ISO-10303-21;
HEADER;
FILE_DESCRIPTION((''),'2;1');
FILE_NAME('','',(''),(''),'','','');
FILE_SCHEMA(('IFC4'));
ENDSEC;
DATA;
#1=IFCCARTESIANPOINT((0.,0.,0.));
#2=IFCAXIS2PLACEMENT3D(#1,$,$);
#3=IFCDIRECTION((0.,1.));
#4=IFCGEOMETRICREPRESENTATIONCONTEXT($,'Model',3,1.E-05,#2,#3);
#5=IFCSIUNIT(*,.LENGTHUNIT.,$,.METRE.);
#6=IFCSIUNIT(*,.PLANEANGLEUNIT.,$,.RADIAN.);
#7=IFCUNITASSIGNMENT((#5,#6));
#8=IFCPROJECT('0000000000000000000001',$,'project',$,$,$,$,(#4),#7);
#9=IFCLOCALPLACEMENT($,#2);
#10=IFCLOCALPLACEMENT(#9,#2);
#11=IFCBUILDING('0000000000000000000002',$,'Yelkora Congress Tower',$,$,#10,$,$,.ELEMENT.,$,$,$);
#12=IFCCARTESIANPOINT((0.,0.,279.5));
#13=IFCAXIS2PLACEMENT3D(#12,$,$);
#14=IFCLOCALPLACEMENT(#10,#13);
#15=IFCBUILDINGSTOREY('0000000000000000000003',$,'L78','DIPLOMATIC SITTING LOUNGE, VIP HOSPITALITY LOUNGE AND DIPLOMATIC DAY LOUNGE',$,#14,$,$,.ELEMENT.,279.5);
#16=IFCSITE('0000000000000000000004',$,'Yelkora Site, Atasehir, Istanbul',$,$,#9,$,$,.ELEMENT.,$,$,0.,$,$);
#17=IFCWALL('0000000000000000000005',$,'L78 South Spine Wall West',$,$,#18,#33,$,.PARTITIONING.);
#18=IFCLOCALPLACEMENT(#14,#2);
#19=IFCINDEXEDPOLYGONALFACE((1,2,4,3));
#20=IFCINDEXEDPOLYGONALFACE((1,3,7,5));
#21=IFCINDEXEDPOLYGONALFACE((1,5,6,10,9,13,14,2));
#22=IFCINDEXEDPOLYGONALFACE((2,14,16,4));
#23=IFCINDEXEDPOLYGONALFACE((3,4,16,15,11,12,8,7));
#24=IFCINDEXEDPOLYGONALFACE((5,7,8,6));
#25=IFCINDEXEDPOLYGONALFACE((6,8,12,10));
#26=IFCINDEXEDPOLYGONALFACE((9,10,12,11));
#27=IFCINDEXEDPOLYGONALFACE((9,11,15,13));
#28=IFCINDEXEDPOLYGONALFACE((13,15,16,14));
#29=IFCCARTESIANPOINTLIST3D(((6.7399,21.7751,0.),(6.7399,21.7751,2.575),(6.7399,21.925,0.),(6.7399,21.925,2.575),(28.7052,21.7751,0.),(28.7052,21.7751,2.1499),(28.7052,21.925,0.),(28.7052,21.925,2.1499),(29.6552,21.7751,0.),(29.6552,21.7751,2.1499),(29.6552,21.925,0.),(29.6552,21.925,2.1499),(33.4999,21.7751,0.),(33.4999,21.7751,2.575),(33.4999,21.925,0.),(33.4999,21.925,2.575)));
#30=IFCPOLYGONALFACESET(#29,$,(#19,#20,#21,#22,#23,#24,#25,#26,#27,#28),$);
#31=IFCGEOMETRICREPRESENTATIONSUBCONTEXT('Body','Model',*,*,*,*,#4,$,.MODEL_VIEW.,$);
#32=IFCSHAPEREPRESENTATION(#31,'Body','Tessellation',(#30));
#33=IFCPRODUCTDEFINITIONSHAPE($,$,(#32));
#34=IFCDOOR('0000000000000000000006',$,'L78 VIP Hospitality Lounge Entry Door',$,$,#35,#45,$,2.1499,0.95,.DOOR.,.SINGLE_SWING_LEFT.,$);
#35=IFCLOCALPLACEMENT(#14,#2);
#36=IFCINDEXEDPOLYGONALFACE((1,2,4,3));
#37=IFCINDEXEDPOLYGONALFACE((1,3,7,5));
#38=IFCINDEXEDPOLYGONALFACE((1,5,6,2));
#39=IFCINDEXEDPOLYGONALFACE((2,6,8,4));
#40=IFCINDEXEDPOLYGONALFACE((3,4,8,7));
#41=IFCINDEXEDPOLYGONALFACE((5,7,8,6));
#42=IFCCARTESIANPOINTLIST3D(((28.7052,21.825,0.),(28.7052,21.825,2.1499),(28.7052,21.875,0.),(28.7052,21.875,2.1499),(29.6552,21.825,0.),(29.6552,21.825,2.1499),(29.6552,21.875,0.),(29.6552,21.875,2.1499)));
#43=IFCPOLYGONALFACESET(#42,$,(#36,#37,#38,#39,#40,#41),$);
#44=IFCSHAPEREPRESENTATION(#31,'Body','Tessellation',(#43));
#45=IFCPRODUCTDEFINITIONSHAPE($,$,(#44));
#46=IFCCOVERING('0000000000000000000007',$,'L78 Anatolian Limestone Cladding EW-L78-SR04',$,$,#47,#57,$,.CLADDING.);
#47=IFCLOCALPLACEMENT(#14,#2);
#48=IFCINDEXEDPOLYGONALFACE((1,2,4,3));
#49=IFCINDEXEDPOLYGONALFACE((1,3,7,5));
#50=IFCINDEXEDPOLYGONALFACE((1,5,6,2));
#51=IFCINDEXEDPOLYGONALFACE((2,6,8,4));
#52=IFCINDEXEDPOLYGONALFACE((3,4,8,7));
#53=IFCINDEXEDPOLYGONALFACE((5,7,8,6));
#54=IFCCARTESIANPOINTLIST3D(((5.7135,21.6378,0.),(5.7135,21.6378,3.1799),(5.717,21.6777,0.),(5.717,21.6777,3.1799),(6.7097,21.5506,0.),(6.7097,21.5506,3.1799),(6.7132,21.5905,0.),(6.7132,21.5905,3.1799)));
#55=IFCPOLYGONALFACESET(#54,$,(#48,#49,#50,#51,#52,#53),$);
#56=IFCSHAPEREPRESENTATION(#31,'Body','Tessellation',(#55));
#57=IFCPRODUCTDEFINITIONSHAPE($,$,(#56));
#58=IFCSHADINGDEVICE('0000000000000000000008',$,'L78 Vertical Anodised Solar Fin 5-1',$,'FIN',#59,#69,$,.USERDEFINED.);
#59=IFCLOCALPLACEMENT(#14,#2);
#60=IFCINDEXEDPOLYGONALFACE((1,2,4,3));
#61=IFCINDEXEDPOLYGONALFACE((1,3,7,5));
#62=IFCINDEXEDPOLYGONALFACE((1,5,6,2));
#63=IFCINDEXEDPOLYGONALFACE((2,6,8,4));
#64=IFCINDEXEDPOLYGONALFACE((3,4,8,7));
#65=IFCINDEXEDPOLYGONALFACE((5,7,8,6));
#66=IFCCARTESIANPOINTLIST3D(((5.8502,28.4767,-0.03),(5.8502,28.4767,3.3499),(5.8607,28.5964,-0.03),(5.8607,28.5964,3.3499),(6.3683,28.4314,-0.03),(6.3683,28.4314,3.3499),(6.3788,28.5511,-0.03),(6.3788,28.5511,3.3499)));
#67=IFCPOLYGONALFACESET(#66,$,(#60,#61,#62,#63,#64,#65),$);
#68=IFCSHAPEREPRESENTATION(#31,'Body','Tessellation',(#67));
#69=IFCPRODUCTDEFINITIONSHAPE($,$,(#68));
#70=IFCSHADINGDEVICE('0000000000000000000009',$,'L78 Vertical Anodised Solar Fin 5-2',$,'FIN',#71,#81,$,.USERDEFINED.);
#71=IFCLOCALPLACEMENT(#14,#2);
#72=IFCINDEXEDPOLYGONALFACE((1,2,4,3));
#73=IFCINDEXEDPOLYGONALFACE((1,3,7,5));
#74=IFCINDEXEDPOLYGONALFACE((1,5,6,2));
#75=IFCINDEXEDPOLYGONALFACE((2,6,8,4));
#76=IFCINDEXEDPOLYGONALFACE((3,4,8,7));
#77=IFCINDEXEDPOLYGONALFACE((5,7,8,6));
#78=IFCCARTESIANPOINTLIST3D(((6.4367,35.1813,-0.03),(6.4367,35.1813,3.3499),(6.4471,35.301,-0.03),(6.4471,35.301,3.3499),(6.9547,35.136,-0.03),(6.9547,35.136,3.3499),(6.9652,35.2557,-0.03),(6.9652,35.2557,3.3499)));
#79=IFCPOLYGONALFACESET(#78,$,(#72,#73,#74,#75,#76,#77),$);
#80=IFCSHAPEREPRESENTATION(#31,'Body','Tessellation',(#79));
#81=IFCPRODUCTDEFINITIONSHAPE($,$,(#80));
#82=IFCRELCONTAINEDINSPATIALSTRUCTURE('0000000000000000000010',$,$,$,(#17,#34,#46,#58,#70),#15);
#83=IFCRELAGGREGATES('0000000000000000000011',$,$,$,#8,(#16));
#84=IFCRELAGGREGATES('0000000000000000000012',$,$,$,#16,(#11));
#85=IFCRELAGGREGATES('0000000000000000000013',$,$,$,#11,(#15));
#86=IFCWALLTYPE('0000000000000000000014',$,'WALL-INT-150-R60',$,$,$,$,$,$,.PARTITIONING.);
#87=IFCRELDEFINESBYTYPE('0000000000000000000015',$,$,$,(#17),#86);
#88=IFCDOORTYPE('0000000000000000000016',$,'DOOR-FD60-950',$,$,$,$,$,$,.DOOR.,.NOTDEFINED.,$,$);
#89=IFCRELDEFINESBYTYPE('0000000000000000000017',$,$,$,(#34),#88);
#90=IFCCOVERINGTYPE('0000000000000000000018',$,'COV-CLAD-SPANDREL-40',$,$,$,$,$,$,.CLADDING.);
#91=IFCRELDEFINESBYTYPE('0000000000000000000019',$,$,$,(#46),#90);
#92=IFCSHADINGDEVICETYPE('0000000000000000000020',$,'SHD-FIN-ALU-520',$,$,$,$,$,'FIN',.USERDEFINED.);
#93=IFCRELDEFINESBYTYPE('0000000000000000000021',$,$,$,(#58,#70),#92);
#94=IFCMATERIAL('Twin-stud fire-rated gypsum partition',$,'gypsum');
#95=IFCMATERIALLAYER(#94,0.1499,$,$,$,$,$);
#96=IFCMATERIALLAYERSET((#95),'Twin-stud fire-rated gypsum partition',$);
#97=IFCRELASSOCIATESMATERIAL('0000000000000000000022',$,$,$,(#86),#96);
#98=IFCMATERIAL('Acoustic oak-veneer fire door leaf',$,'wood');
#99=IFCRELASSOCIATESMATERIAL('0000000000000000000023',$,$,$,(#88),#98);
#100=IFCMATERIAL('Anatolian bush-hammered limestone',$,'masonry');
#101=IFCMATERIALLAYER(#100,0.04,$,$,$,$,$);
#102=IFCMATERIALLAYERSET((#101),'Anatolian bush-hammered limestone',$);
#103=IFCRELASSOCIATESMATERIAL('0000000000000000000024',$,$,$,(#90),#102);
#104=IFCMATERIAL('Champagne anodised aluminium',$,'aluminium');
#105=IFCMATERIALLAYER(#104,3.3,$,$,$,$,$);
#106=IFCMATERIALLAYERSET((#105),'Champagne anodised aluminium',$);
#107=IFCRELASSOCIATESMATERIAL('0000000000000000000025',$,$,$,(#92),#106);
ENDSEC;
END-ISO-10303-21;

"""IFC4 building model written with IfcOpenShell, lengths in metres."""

from ifc_helpers import new_model, si_unit, direction, frame, frame_2d, origin, origin_2d, place, context, subcontext, project, spatial, rectangle, extrude, material, layer, layer_set, type_object, element, fill, save


model = new_model("IFC4")

# Units and contexts
model_context = context("Model", 3, precision=1e-05, world=origin(), true_north=direction((0.0, 1.0)))
body_context = subcontext(model_context, "Body", "Model", "MODEL_VIEW")
ifc_project = project(units=[si_unit("LENGTHUNIT", "METRE"), si_unit("PLANEANGLEUNIT", "RADIAN")], contexts=[model_context])

# Site, building, storey
site_placement = place(None, origin())
site = spatial("IfcSite", under=ifc_project, at=site_placement, Name="Yelkora Site, Atasehir, Istanbul", CompositionType="ELEMENT", RefElevation=0.0)
building_placement = place(site_placement, origin())
building = spatial("IfcBuilding", under=site, at=building_placement, Name="Yelkora Congress Tower", CompositionType="ELEMENT")
storey_placement = place(building_placement, frame((0.0, 0.0, 279.5)))
storey = spatial("IfcBuildingStorey", under=building, at=storey_placement, Name="L78", Description="DIPLOMATIC SITTING LOUNGE, VIP HOSPITALITY LOUNGE AND DIPLOMATIC DAY LOUNGE", CompositionType="ELEMENT", Elevation=279.5)

# Wall, opening, door
ifc_material_1 = material(Name="Twin-stud fire-rated gypsum partition", Category="gypsum")
ifc_layer_1 = layer(ifc_material_1, 0.1499)
ifc_layer_set_1 = layer_set([ifc_layer_1], Name="Twin-stud fire-rated gypsum partition")
wall_type_1 = type_object("IfcWallType", Name="WALL-INT-150-R60", PredefinedType="PARTITIONING", material=ifc_layer_set_1)
wall_1_placement = place(storey_placement, frame((6.74, 21.8501, 0.0), z_axis=(0.0, 0.0, 1.0), x_axis=(1.0, 0.0, 0.0)))
wall_1 = element("IfcWall", 1, at=wall_1_placement, inside=storey, type_object=wall_type_1, Name="L78 South Spine Wall West", PredefinedType="PARTITIONING", context=body_context, shape_type="SweptSolid", body=[
    extrude(rectangle(XDim=26.76, YDim=0.1499, at=frame_2d((13.3799, 0.0))), origin(), (0.0, 0.0, 1.0), 2.575),
])
opening_placement = place(wall_1_placement, frame((21.9651, 0.0, 0.0)))
opening = element("IfcOpeningElement", 2, at=opening_placement, cuts=wall_1, PredefinedType="OPENING", context=body_context, shape_type="SweptSolid", body=[
    extrude(rectangle(XDim=0.95, YDim=2.1499, at=frame_2d((0.4751, 1.075))), frame((0.0, 0.085, 0.0), z_axis=(0.0, -1.0, 0.0), x_axis=(1.0, 0.0, 0.0)), (0.0, 0.0, 1.0), 0.1699),
])
ifc_material_2 = material(Name="Acoustic oak-veneer fire door leaf", Category="wood")
door_type = type_object("IfcDoorType", Name="DOOR-FD60-950", OperationType="NOTDEFINED", PredefinedType="DOOR", material=ifc_material_2)
door_placement = place(opening_placement, origin())
door = element("IfcDoor", 3, at=door_placement, inside=storey, type_object=door_type, Name="L78 VIP Hospitality Lounge Entry Door", OperationType="SINGLE_SWING_LEFT", OverallHeight=2.1499, OverallWidth=0.95, PredefinedType="DOOR", context=body_context, shape_type="SweptSolid", body=[
    extrude(rectangle(XDim=0.95, YDim=2.1499, at=frame_2d((0.4751, 1.075))), frame((0.0, 0.0249, 0.0), z_axis=(0.0, -1.0, 0.0), x_axis=(1.0, 0.0, 0.0)), (0.0, 0.0, 1.0), 0.05),
])
fill(opening, door)

# Covering
ifc_material_3 = material(Name="Anatolian bush-hammered limestone", Category="masonry")
ifc_layer_2 = layer(ifc_material_3, 0.04)
ifc_layer_set_2 = layer_set([ifc_layer_2], Name="Anatolian bush-hammered limestone")
covering_type = type_object("IfcCoveringType", Name="COV-CLAD-SPANDREL-40", PredefinedType="CLADDING", material=ifc_layer_set_2)
covering_placement = place(storey_placement, frame((6.7114, 21.5706, 0.0), z_axis=(0.0, 0.0, 1.0), x_axis=(-0.996194, 0.087167, 0.0)))
element("IfcCovering", 4, at=covering_placement, inside=storey, type_object=covering_type, Name="L78 Anatolian Limestone Cladding EW-L78-SR04", PredefinedType="CLADDING", context=body_context, shape_type="SweptSolid", body=[
    extrude(rectangle(XDim=1.0, YDim=0.04, at=frame_2d((0.5, 0.0))), origin(), (0.0, 0.0, 1.0), 3.1799),
])

# Shading devices
ifc_material_4 = material(Name="Champagne anodised aluminium", Category="aluminium")
ifc_layer_3 = layer(ifc_material_4, 3.3)
ifc_layer_set_3 = layer_set([ifc_layer_3], Name="Champagne anodised aluminium")
shading_device_type = type_object("IfcShadingDeviceType", Name="SHD-FIN-ALU-520", ElementType="FIN", PredefinedType="USERDEFINED", material=ifc_layer_set_3)
for number, where, z_axis, x_axis, name in (
    (5, (6.1145, 28.5139, -0.03), (0.0, 0.0, 1.0), (0.087156, 0.996195, 0.0), "L78 Vertical Anodised Solar Fin 5-1"),
    (6, (6.7009, 35.2185, -0.03), (0.0, 0.0, 1.0), (0.087156, 0.996195, 0.0), "L78 Vertical Anodised Solar Fin 5-2"),
):
    element("IfcShadingDevice", number, at=place(storey_placement, frame(where, z_axis=z_axis, x_axis=x_axis)), inside=storey, type_object=shading_device_type, Name=name, ObjectType="FIN", PredefinedType="USERDEFINED", context=body_context, shape_type="SweptSolid", body=[
        extrude(rectangle(XDim=0.1201, YDim=0.52, at=origin_2d()), origin(), (0.0, 0.0, 1.0), 3.3799),
    ])

save(model, "model.ifc")
